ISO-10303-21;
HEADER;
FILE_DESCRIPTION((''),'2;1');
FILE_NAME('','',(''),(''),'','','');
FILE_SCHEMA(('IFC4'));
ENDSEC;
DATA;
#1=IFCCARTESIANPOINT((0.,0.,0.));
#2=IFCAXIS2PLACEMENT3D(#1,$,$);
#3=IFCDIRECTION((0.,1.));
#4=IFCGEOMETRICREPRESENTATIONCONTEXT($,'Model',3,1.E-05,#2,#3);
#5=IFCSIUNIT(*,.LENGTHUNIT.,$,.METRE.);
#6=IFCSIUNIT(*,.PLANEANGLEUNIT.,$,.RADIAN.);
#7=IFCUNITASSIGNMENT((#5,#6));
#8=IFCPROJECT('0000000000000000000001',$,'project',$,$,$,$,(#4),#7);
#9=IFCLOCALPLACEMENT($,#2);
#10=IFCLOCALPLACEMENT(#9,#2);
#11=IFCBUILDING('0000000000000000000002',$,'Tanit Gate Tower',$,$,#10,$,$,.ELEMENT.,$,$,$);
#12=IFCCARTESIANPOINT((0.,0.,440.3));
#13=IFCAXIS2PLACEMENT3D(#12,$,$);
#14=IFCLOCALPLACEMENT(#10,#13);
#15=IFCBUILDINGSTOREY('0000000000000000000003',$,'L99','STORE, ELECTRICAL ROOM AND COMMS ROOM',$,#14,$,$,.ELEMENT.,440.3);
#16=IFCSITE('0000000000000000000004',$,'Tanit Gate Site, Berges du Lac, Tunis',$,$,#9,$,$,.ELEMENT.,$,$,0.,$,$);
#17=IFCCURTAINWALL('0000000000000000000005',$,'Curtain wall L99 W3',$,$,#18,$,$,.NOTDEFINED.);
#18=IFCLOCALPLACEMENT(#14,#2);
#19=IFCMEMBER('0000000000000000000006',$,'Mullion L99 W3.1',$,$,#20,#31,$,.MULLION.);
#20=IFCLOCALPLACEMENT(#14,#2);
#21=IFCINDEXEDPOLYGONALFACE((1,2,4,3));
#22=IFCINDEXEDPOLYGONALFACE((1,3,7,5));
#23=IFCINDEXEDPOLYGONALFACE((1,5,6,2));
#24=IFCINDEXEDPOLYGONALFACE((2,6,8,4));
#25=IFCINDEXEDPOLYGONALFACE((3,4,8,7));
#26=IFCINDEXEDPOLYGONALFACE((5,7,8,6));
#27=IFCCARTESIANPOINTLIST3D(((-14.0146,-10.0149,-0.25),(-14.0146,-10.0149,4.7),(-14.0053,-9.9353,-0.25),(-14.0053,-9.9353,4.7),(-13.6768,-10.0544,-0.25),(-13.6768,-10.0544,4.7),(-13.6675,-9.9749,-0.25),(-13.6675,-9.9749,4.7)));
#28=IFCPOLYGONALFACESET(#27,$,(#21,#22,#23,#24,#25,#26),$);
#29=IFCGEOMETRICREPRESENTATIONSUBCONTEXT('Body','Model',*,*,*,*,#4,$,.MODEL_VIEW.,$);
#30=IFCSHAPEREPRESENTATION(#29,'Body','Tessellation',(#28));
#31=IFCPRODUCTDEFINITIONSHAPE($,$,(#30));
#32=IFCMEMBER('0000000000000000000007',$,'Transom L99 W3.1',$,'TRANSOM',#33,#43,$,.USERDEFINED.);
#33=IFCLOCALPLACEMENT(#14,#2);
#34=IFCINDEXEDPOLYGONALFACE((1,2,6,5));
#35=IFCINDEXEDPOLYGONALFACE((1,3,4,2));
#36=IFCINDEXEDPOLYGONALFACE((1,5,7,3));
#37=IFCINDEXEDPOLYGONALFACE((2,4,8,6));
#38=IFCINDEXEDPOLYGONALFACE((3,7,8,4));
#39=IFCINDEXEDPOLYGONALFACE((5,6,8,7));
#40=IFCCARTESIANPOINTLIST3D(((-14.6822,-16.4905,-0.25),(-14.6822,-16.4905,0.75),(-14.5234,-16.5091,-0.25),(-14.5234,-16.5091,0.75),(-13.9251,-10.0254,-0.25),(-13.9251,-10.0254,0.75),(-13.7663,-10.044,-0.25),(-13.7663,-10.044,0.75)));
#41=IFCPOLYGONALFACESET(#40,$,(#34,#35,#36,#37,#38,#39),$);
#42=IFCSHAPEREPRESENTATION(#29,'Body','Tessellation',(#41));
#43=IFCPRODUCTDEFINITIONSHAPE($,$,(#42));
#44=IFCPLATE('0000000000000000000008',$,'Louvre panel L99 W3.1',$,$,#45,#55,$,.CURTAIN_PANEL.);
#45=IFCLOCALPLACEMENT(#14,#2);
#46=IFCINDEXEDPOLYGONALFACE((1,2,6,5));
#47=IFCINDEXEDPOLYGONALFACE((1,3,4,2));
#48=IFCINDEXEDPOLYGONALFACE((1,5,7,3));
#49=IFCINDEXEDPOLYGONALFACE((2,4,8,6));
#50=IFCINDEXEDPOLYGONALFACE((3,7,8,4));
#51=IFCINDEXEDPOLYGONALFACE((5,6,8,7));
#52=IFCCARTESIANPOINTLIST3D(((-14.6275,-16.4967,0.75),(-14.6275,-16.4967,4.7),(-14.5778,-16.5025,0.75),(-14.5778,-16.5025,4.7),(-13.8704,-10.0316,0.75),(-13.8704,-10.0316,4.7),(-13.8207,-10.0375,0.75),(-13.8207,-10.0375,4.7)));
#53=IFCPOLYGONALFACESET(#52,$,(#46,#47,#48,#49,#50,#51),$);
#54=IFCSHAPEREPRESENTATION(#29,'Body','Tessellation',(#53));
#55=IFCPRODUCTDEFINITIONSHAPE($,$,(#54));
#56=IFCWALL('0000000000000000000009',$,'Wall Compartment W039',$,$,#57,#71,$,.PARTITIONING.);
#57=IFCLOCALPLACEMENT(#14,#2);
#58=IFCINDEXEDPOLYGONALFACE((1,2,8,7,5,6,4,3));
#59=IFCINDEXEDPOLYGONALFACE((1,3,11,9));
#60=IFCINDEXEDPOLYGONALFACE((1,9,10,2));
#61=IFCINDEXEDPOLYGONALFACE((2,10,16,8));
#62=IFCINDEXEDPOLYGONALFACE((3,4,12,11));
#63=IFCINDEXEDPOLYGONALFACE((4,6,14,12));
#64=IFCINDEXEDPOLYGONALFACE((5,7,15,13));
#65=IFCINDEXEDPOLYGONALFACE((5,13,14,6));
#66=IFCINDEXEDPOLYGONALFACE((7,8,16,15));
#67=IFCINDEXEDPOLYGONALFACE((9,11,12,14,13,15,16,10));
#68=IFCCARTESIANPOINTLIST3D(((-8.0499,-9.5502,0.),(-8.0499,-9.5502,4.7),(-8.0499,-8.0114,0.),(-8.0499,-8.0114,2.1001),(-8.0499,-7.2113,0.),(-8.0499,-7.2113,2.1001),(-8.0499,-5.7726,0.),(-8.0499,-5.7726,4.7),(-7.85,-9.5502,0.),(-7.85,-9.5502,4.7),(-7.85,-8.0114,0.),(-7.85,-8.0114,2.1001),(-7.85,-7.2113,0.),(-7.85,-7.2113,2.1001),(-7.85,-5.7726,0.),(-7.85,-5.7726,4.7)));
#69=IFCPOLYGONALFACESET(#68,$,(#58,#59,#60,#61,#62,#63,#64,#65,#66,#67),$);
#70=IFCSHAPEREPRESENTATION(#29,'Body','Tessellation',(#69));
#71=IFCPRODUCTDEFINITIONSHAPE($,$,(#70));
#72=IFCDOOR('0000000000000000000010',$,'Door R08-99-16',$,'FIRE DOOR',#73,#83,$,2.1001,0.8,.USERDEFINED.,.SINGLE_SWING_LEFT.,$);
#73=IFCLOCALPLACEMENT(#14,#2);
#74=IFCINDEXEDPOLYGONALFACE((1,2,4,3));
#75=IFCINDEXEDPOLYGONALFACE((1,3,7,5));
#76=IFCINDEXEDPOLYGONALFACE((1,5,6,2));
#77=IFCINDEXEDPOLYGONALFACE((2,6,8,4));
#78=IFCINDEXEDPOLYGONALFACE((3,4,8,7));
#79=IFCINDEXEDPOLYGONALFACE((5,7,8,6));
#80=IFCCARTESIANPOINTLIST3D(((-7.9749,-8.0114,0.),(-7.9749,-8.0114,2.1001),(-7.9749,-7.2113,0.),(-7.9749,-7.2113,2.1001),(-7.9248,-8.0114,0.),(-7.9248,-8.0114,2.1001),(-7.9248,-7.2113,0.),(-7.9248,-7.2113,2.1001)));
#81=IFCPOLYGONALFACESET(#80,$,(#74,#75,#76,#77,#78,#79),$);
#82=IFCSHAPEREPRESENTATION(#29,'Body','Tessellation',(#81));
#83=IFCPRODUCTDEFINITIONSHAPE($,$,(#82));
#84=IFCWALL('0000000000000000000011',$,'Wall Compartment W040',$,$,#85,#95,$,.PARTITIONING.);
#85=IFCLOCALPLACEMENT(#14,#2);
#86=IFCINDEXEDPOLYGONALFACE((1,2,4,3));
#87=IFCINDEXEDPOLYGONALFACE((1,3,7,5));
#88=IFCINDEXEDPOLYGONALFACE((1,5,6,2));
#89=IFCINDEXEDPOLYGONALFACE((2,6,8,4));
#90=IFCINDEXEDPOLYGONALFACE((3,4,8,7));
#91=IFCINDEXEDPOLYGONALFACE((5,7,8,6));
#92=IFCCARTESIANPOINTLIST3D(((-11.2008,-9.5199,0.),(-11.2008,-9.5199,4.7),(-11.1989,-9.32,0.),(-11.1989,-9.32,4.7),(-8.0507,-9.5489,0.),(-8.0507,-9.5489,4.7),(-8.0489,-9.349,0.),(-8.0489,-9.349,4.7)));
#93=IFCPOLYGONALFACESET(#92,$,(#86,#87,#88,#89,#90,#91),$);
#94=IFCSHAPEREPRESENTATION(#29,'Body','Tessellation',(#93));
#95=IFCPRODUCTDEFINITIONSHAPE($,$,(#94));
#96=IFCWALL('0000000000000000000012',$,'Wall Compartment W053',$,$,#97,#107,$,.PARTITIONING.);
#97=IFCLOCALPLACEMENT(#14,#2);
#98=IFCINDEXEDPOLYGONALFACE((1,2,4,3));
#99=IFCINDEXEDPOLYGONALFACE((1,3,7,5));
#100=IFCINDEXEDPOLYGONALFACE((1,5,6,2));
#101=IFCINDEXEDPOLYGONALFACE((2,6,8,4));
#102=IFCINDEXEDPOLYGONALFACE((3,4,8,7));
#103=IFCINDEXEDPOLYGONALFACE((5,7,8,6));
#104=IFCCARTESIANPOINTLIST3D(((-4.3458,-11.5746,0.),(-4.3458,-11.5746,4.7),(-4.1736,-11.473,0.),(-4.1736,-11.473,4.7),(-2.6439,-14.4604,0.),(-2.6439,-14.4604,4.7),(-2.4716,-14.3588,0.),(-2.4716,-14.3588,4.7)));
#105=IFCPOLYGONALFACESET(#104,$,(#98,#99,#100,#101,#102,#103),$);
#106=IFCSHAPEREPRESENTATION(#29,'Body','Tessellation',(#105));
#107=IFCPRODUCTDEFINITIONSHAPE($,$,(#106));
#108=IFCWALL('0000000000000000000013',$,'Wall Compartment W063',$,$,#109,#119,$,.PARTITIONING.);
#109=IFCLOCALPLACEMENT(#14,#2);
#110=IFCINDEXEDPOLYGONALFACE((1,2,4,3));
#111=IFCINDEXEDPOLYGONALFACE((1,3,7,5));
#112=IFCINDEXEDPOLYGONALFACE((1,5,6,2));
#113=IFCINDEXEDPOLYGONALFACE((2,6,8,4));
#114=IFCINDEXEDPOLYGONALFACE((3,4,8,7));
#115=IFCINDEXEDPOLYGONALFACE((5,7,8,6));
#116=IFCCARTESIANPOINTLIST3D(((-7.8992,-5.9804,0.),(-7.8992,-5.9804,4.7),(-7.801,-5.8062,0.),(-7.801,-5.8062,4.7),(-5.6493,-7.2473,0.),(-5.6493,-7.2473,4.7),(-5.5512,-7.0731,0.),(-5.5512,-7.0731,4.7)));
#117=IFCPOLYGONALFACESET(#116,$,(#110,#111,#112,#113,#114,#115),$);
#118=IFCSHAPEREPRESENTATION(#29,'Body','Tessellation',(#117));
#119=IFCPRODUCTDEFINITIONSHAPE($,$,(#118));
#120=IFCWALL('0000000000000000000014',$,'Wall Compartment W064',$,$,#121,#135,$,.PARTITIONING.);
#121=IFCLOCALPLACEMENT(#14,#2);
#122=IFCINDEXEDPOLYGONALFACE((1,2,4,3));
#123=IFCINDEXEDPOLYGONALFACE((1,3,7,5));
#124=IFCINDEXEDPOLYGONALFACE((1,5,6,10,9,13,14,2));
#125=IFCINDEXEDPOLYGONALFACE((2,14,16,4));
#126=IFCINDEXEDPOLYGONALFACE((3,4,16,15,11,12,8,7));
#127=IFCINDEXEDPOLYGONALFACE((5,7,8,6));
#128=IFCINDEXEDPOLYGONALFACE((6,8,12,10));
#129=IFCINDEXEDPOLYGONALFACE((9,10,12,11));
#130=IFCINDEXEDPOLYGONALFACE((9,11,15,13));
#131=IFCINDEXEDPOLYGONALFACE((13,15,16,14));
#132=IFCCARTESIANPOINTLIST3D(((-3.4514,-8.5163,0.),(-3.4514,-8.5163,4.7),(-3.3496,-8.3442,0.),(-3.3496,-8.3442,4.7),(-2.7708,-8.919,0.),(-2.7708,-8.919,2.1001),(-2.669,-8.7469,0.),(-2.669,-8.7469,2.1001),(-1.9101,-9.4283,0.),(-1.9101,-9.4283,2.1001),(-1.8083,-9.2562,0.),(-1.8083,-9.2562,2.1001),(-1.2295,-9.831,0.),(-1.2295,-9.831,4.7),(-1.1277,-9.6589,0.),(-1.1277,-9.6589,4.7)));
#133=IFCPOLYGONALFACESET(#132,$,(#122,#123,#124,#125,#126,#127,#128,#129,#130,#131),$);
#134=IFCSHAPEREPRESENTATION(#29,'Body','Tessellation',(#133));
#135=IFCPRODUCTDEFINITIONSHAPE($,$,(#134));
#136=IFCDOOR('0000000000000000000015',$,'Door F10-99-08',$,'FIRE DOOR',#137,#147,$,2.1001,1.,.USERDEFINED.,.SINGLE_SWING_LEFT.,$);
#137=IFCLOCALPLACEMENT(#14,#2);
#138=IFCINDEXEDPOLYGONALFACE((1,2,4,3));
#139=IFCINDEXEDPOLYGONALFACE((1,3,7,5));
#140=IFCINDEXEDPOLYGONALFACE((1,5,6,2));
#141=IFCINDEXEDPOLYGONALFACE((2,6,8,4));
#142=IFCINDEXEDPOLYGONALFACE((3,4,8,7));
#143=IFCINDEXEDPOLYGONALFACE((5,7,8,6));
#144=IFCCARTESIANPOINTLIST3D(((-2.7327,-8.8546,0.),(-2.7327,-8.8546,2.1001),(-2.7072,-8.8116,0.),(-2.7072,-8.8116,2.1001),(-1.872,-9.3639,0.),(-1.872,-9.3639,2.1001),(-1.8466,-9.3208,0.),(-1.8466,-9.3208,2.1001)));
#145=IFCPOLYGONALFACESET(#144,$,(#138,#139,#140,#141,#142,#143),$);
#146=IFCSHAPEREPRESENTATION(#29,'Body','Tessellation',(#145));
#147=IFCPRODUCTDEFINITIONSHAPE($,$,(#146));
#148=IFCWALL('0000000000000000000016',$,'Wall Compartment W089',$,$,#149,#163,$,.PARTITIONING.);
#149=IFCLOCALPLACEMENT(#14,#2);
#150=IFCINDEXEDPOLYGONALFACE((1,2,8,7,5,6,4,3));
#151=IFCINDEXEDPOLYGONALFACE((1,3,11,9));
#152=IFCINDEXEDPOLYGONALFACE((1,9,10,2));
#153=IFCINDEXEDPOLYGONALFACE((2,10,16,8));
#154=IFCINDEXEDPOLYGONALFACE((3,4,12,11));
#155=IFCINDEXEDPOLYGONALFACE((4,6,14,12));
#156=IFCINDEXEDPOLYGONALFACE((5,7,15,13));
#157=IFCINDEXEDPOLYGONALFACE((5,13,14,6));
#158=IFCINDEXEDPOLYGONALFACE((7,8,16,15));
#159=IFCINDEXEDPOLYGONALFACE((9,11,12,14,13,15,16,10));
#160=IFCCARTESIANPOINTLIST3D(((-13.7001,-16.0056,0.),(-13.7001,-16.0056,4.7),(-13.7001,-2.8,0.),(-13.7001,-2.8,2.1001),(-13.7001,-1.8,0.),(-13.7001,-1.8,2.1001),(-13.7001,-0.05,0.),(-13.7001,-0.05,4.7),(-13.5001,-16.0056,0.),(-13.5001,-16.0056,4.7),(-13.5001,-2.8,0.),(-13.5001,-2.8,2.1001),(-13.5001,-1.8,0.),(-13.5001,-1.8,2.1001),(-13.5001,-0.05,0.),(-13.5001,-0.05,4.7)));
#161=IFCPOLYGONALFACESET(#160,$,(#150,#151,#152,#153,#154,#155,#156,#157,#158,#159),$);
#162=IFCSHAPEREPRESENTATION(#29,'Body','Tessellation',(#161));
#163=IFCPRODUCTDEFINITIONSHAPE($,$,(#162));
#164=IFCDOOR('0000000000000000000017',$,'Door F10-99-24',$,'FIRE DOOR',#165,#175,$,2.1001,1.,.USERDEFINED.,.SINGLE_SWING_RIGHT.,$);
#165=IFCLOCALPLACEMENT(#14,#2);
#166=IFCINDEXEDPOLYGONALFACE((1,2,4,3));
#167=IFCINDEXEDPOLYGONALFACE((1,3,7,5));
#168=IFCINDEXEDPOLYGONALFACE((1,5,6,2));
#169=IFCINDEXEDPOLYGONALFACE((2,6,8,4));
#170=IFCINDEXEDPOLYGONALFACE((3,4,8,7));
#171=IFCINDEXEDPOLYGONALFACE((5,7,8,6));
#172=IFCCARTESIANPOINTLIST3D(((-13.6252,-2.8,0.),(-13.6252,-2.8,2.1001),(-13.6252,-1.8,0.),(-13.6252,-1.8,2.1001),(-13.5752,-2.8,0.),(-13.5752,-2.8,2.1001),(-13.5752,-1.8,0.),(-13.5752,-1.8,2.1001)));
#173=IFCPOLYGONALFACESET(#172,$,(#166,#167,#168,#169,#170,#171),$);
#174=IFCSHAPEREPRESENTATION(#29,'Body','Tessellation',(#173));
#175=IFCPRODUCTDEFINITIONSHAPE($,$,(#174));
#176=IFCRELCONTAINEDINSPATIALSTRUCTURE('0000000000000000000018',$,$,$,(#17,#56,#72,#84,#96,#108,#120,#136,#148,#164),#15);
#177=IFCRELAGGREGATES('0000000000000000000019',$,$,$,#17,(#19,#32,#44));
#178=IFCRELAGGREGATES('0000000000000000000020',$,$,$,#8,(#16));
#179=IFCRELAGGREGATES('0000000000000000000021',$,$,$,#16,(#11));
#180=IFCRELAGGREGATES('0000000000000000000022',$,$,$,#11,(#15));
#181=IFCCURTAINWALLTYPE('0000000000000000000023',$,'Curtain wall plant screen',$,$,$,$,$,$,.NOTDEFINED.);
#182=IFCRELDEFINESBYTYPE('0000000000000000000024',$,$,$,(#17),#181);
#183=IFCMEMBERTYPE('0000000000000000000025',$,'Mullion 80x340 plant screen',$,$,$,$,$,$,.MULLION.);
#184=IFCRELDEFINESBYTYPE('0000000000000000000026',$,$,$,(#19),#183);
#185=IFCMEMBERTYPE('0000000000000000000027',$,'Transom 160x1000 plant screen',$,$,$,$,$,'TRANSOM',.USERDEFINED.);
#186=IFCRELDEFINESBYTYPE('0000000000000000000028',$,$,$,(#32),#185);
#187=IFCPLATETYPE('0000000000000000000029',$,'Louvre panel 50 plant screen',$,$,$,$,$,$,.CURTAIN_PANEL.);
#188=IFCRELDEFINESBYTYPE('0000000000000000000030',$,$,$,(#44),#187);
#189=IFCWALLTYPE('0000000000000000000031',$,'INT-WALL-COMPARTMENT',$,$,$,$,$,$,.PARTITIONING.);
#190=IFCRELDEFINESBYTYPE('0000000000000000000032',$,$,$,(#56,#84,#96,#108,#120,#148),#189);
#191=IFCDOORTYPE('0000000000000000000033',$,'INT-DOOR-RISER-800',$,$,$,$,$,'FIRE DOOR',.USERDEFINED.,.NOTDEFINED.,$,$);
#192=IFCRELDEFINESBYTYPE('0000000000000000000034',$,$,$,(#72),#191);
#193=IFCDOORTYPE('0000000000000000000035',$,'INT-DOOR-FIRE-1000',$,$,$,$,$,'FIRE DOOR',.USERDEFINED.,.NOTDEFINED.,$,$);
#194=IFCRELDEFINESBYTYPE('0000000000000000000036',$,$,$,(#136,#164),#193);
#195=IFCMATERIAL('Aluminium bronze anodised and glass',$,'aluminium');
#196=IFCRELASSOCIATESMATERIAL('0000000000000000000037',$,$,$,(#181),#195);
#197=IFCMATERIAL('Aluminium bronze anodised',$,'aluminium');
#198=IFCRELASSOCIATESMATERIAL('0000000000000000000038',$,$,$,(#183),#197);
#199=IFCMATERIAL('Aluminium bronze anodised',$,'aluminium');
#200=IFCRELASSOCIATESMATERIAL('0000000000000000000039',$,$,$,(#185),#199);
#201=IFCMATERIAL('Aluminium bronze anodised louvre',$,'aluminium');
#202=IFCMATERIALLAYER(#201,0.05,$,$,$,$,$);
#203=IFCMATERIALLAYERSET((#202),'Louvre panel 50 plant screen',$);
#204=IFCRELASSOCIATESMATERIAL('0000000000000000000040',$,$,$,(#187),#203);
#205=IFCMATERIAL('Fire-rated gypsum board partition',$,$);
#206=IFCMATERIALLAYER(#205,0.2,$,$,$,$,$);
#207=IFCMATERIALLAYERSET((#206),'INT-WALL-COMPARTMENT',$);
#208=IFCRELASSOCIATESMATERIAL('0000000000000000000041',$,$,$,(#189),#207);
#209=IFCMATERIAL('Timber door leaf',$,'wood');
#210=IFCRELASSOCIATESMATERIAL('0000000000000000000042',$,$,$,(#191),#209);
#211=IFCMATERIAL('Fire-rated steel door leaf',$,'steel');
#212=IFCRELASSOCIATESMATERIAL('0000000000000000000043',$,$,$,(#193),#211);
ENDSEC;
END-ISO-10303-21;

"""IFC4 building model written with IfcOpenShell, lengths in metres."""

from ifc_helpers import new_model, si_unit, direction, frame, frame_2d, origin, origin_2d, place, context, subcontext, project, spatial, rectangle, extrude, material, layer, layer_set, material_profile, profile_set, type_object, element, fill, aggregate, save


model = new_model("IFC4")

# Units and contexts
model_context = context("Model", 3, precision=1e-05, world=origin(), true_north=direction((0.0, 1.0)))
body_context = subcontext(model_context, "Body", "Model", "MODEL_VIEW")
ifc_project = project(units=[si_unit("LENGTHUNIT", "METRE"), si_unit("PLANEANGLEUNIT", "RADIAN")], contexts=[model_context])

# Site, building, storey
site_placement = place(None, origin())
site = spatial("IfcSite", under=ifc_project, at=site_placement, Name="Tanit Gate Site, Berges du Lac, Tunis", CompositionType="ELEMENT", RefElevation=0.0)
building_placement = place(site_placement, origin())
building = spatial("IfcBuilding", under=site, at=building_placement, Name="Tanit Gate Tower", CompositionType="ELEMENT")
storey_placement = place(building_placement, frame((0.0, 0.0, 440.3)))
storey = spatial("IfcBuildingStorey", under=building, at=storey_placement, Name="L99", Description="STORE, ELECTRICAL ROOM AND COMMS ROOM", CompositionType="ELEMENT", Elevation=440.3)

# Curtain wall, members, plate
ifc_material_1 = material(Name="Aluminium bronze anodised and glass", Category="aluminium")
curtain_wall_type = type_object("IfcCurtainWallType", Name="Curtain wall plant screen", PredefinedType="NOTDEFINED", material=ifc_material_1)
curtain_wall_placement = place(storey_placement, origin())
curtain_wall = element("IfcCurtainWall", 1, at=curtain_wall_placement, inside=storey, type_object=curtain_wall_type, Name="Curtain wall L99 W3", PredefinedType="NOTDEFINED")
ifc_material_2 = material(Name="Aluminium bronze anodised", Category="aluminium")
ifc_material_profile_1 = material_profile(ifc_material_2, rectangle(XDim=0.3401, YDim=0.0801, at=origin_2d()), Name="80x340 bronze mullion")
ifc_profile_set_1 = profile_set([ifc_material_profile_1], Name="Aluminium bronze anodised")
member_type_1 = type_object("IfcMemberType", Name="Mullion 80x340 plant screen", PredefinedType="MULLION", material=ifc_profile_set_1)
member_1_placement = place(storey_placement, frame((-13.8411, -9.9949, -0.25), z_axis=(0.0, 0.0, 1.0), x_axis=(0.993212, -0.116318, 0.0)))
member_1 = element("IfcMember", 2, at=member_1_placement, type_object=member_type_1, Name="Mullion L99 W3.1", PredefinedType="MULLION", context=body_context, shape_type="SweptSolid", body=[
    extrude(rectangle(XDim=0.3401, YDim=0.0801, at=origin_2d()), origin(), (0.0, 0.0, 1.0), 4.95),
])
ifc_material_3 = material(Name="Aluminium bronze anodised", Category="aluminium")
ifc_material_profile_2 = material_profile(ifc_material_3, rectangle(XDim=0.1599, YDim=1.0, at=origin_2d()), Name="160x1000 bronze transom")
ifc_profile_set_2 = profile_set([ifc_material_profile_2], Name="Aluminium bronze anodised")
member_type_2 = type_object("IfcMemberType", Name="Transom 160x1000 plant screen", ElementType="TRANSOM", PredefinedType="USERDEFINED", material=ifc_profile_set_2)
member_2_placement = place(storey_placement, frame((-13.8457, -10.0347, 0.25), z_axis=(-0.116308, -0.993213, 0.0), x_axis=(0.993213, -0.116308, 0.0)))
member_2 = element("IfcMember", 3, at=member_2_placement, type_object=member_type_2, Name="Transom L99 W3.1", ObjectType="TRANSOM", PredefinedType="USERDEFINED", context=body_context, shape_type="SweptSolid", body=[
    extrude(rectangle(XDim=0.1599, YDim=1.0, at=origin_2d()), origin(), (0.0, 0.0, 1.0), 6.5093),
])
ifc_material_4 = material(Name="Aluminium bronze anodised louvre", Category="aluminium")
ifc_layer_1 = layer(ifc_material_4, 0.05)
ifc_layer_set_1 = layer_set([ifc_layer_1], Name="Louvre panel 50 plant screen")
plate_type = type_object("IfcPlateType", Name="Louvre panel 50 plant screen", PredefinedType="CURTAIN_PANEL", material=ifc_layer_set_1)
plate_placement = place(storey_placement, frame((-14.2241, -13.2671, 0.75), z_axis=(0.0, 0.0, 1.0), x_axis=(-0.116318, -0.993212, 0.0)))
plate = element("IfcPlate", 4, at=plate_placement, type_object=plate_type, Name="Louvre panel L99 W3.1", PredefinedType="CURTAIN_PANEL", context=body_context, shape_type="SweptSolid", body=[
    extrude(rectangle(XDim=6.5093, YDim=0.05, at=origin_2d()), origin(), (0.0, 0.0, 1.0), 3.95),
])
aggregate(curtain_wall, [member_1, member_2, plate])

# Wall, opening, door
ifc_material_5 = material(Name="Fire-rated gypsum board partition")
ifc_layer_2 = layer(ifc_material_5, 0.2)
ifc_layer_set_2 = layer_set([ifc_layer_2], Name="INT-WALL-COMPARTMENT")
wall_type_1 = type_object("IfcWallType", Name="INT-WALL-COMPARTMENT", PredefinedType="PARTITIONING", material=ifc_layer_set_2)
wall_1_placement = place(storey_placement, frame((-7.95, -9.55, 0.0), z_axis=(0.0, 0.0, 1.0), x_axis=(0.0, 1.0, 0.0)))
wall_1 = element("IfcWall", 5, at=wall_1_placement, inside=storey, type_object=wall_type_1, Name="Wall Compartment W039", PredefinedType="PARTITIONING", context=body_context, shape_type="SweptSolid", body=[
    extrude(rectangle(XDim=3.7776, YDim=0.2, at=frame_2d((1.8887, 0.0))), origin(), (0.0, 0.0, 1.0), 4.7),
])
opening_1_placement = place(wall_1_placement, frame((1.5388, 0.0, 0.0)))
opening_1 = element("IfcOpeningElement", 6, at=opening_1_placement, cuts=wall_1, PredefinedType="OPENING", context=body_context, shape_type="SweptSolid", body=[
    extrude(rectangle(XDim=0.8, YDim=2.1001, at=frame_2d((0.3999, 1.05))), frame((0.0, 0.1099, 0.0), z_axis=(0.0, -1.0, 0.0), x_axis=(1.0, 0.0, 0.0)), (0.0, 0.0, 1.0), 0.22),
])
ifc_material_6 = material(Name="Timber door leaf", Category="wood")
door_type_1 = type_object("IfcDoorType", Name="INT-DOOR-RISER-800", ElementType="FIRE DOOR", OperationType="NOTDEFINED", PredefinedType="USERDEFINED", material=ifc_material_6)
door_1_placement = place(opening_1_placement, origin())
door_1 = element("IfcDoor", 7, at=door_1_placement, inside=storey, type_object=door_type_1, Name="Door R08-99-16", ObjectType="FIRE DOOR", OperationType="SINGLE_SWING_LEFT", OverallHeight=2.1001, OverallWidth=0.8, PredefinedType="USERDEFINED", context=body_context, shape_type="SweptSolid", body=[
    extrude(rectangle(XDim=0.8, YDim=2.1001, at=frame_2d((0.3999, 1.05))), frame((0.0, 0.0249, 0.0), z_axis=(0.0, -1.0, 0.0), x_axis=(1.0, 0.0, 0.0)), (0.0, 0.0, 1.0), 0.05),
])
fill(opening_1, door_1)

# Walls
wall_2_placement = place(storey_placement, frame((-11.2, -9.4199, 0.0), z_axis=(0.0, 0.0, 1.0), x_axis=(0.999957, -0.009223, 0.0)))
element("IfcWall", 8, at=wall_2_placement, inside=storey, type_object=wall_type_1, Name="Wall Compartment W040", PredefinedType="PARTITIONING", context=body_context, shape_type="SweptSolid", body=[
    extrude(rectangle(XDim=3.1501, YDim=0.2, at=frame_2d((1.5752, 0.0))), origin(), (0.0, 0.0, 1.0), 4.7),
])
wall_3_placement = place(storey_placement, frame((-4.2598, -11.5237, 0.0), z_axis=(0.0, 0.0, 1.0), x_axis=(0.507997, -0.861359, 0.0)))
element("IfcWall", 9, at=wall_3_placement, inside=storey, type_object=wall_type_1, Name="Wall Compartment W053", PredefinedType="PARTITIONING", context=body_context, shape_type="SweptSolid", body=[
    extrude(rectangle(XDim=3.3503, YDim=0.2, at=frame_2d((1.6753, 0.0))), origin(), (0.0, 0.0, 1.0), 4.7),
])
wall_4_placement = place(storey_placement, frame((-7.8501, -5.8933, 0.0), z_axis=(0.0, 0.0, 1.0), x_axis=(0.871351, -0.490661, 0.0)))
element("IfcWall", 10, at=wall_4_placement, inside=storey, type_object=wall_type_1, Name="Wall Compartment W063", PredefinedType="PARTITIONING", context=body_context, shape_type="SweptSolid", body=[
    extrude(rectangle(XDim=2.582, YDim=0.2, at=frame_2d((1.291, 0.0))), origin(), (0.0, 0.0, 1.0), 4.7),
])

# Walls, openings, doors
wall_5_placement = place(storey_placement, frame((-3.4006, -8.4302, 0.0), z_axis=(0.0, 0.0, 1.0), x_axis=(0.860631, -0.509229, 0.0)))
wall_5 = element("IfcWall", 11, at=wall_5_placement, inside=storey, type_object=wall_type_1, Name="Wall Compartment W064", PredefinedType="PARTITIONING", context=body_context, shape_type="SweptSolid", body=[
    extrude(rectangle(XDim=2.5818, YDim=0.2, at=frame_2d((1.291, 0.0))), origin(), (0.0, 0.0, 1.0), 4.7),
])
opening_2_placement = place(wall_5_placement, frame((0.791, 0.0, 0.0)))
opening_2 = element("IfcOpeningElement", 12, at=opening_2_placement, cuts=wall_5, PredefinedType="OPENING", context=body_context, shape_type="SweptSolid", body=[
    extrude(rectangle(XDim=1.0, YDim=2.1001, at=frame_2d((0.5, 1.05))), frame((0.0, 0.1099, 0.0), z_axis=(0.0, -1.0, 0.0), x_axis=(1.0, 0.0, 0.0)), (0.0, 0.0, 1.0), 0.22),
])
ifc_material_7 = material(Name="Fire-rated steel door leaf", Category="steel")
door_type_2 = type_object("IfcDoorType", Name="INT-DOOR-FIRE-1000", ElementType="FIRE DOOR", OperationType="NOTDEFINED", PredefinedType="USERDEFINED", material=ifc_material_7)
door_2_placement = place(opening_2_placement, origin())
door_2 = element("IfcDoor", 13, at=door_2_placement, inside=storey, type_object=door_type_2, Name="Door F10-99-08", ObjectType="FIRE DOOR", OperationType="SINGLE_SWING_LEFT", OverallHeight=2.1001, OverallWidth=1.0, PredefinedType="USERDEFINED", context=body_context, shape_type="SweptSolid", body=[
    extrude(rectangle(XDim=1.0, YDim=2.1001, at=frame_2d((0.5, 1.05))), frame((0.0, 0.0249, 0.0), z_axis=(0.0, -1.0, 0.0), x_axis=(1.0, 0.0, 0.0)), (0.0, 0.0, 1.0), 0.05),
])
fill(opening_2, door_2)
wall_6_placement = place(storey_placement, frame((-13.6001, -0.05, 0.0), z_axis=(0.0, 0.0, 1.0), x_axis=(0.0, -1.0, 0.0)))
wall_6 = element("IfcWall", 14, at=wall_6_placement, inside=storey, type_object=wall_type_1, Name="Wall Compartment W089", PredefinedType="PARTITIONING", context=body_context, shape_type="SweptSolid", body=[
    extrude(rectangle(XDim=15.9556, YDim=0.2, at=frame_2d((7.9778, 0.0))), origin(), (0.0, 0.0, 1.0), 4.7),
])
opening_3_placement = place(wall_6_placement, frame((1.75, 0.0, 0.0)))
opening_3 = element("IfcOpeningElement", 15, at=opening_3_placement, cuts=wall_6, PredefinedType="OPENING", context=body_context, shape_type="SweptSolid", body=[
    extrude(rectangle(XDim=1.0, YDim=2.1001, at=frame_2d((0.5, 1.05))), frame((0.0, 0.1099, 0.0), z_axis=(0.0, -1.0, 0.0), x_axis=(1.0, 0.0, 0.0)), (0.0, 0.0, 1.0), 0.22),
])
door_3_placement = place(opening_3_placement, origin())
door_3 = element("IfcDoor", 16, at=door_3_placement, inside=storey, type_object=door_type_2, Name="Door F10-99-24", ObjectType="FIRE DOOR", OperationType="SINGLE_SWING_RIGHT", OverallHeight=2.1001, OverallWidth=1.0, PredefinedType="USERDEFINED", context=body_context, shape_type="SweptSolid", body=[
    extrude(rectangle(XDim=1.0, YDim=2.1001, at=frame_2d((0.5, 1.05))), frame((0.0, 0.0249, 0.0), z_axis=(0.0, -1.0, 0.0), x_axis=(1.0, 0.0, 0.0)), (0.0, 0.0, 1.0), 0.05),
])
fill(opening_3, door_3)

save(model, "model.ifc")
